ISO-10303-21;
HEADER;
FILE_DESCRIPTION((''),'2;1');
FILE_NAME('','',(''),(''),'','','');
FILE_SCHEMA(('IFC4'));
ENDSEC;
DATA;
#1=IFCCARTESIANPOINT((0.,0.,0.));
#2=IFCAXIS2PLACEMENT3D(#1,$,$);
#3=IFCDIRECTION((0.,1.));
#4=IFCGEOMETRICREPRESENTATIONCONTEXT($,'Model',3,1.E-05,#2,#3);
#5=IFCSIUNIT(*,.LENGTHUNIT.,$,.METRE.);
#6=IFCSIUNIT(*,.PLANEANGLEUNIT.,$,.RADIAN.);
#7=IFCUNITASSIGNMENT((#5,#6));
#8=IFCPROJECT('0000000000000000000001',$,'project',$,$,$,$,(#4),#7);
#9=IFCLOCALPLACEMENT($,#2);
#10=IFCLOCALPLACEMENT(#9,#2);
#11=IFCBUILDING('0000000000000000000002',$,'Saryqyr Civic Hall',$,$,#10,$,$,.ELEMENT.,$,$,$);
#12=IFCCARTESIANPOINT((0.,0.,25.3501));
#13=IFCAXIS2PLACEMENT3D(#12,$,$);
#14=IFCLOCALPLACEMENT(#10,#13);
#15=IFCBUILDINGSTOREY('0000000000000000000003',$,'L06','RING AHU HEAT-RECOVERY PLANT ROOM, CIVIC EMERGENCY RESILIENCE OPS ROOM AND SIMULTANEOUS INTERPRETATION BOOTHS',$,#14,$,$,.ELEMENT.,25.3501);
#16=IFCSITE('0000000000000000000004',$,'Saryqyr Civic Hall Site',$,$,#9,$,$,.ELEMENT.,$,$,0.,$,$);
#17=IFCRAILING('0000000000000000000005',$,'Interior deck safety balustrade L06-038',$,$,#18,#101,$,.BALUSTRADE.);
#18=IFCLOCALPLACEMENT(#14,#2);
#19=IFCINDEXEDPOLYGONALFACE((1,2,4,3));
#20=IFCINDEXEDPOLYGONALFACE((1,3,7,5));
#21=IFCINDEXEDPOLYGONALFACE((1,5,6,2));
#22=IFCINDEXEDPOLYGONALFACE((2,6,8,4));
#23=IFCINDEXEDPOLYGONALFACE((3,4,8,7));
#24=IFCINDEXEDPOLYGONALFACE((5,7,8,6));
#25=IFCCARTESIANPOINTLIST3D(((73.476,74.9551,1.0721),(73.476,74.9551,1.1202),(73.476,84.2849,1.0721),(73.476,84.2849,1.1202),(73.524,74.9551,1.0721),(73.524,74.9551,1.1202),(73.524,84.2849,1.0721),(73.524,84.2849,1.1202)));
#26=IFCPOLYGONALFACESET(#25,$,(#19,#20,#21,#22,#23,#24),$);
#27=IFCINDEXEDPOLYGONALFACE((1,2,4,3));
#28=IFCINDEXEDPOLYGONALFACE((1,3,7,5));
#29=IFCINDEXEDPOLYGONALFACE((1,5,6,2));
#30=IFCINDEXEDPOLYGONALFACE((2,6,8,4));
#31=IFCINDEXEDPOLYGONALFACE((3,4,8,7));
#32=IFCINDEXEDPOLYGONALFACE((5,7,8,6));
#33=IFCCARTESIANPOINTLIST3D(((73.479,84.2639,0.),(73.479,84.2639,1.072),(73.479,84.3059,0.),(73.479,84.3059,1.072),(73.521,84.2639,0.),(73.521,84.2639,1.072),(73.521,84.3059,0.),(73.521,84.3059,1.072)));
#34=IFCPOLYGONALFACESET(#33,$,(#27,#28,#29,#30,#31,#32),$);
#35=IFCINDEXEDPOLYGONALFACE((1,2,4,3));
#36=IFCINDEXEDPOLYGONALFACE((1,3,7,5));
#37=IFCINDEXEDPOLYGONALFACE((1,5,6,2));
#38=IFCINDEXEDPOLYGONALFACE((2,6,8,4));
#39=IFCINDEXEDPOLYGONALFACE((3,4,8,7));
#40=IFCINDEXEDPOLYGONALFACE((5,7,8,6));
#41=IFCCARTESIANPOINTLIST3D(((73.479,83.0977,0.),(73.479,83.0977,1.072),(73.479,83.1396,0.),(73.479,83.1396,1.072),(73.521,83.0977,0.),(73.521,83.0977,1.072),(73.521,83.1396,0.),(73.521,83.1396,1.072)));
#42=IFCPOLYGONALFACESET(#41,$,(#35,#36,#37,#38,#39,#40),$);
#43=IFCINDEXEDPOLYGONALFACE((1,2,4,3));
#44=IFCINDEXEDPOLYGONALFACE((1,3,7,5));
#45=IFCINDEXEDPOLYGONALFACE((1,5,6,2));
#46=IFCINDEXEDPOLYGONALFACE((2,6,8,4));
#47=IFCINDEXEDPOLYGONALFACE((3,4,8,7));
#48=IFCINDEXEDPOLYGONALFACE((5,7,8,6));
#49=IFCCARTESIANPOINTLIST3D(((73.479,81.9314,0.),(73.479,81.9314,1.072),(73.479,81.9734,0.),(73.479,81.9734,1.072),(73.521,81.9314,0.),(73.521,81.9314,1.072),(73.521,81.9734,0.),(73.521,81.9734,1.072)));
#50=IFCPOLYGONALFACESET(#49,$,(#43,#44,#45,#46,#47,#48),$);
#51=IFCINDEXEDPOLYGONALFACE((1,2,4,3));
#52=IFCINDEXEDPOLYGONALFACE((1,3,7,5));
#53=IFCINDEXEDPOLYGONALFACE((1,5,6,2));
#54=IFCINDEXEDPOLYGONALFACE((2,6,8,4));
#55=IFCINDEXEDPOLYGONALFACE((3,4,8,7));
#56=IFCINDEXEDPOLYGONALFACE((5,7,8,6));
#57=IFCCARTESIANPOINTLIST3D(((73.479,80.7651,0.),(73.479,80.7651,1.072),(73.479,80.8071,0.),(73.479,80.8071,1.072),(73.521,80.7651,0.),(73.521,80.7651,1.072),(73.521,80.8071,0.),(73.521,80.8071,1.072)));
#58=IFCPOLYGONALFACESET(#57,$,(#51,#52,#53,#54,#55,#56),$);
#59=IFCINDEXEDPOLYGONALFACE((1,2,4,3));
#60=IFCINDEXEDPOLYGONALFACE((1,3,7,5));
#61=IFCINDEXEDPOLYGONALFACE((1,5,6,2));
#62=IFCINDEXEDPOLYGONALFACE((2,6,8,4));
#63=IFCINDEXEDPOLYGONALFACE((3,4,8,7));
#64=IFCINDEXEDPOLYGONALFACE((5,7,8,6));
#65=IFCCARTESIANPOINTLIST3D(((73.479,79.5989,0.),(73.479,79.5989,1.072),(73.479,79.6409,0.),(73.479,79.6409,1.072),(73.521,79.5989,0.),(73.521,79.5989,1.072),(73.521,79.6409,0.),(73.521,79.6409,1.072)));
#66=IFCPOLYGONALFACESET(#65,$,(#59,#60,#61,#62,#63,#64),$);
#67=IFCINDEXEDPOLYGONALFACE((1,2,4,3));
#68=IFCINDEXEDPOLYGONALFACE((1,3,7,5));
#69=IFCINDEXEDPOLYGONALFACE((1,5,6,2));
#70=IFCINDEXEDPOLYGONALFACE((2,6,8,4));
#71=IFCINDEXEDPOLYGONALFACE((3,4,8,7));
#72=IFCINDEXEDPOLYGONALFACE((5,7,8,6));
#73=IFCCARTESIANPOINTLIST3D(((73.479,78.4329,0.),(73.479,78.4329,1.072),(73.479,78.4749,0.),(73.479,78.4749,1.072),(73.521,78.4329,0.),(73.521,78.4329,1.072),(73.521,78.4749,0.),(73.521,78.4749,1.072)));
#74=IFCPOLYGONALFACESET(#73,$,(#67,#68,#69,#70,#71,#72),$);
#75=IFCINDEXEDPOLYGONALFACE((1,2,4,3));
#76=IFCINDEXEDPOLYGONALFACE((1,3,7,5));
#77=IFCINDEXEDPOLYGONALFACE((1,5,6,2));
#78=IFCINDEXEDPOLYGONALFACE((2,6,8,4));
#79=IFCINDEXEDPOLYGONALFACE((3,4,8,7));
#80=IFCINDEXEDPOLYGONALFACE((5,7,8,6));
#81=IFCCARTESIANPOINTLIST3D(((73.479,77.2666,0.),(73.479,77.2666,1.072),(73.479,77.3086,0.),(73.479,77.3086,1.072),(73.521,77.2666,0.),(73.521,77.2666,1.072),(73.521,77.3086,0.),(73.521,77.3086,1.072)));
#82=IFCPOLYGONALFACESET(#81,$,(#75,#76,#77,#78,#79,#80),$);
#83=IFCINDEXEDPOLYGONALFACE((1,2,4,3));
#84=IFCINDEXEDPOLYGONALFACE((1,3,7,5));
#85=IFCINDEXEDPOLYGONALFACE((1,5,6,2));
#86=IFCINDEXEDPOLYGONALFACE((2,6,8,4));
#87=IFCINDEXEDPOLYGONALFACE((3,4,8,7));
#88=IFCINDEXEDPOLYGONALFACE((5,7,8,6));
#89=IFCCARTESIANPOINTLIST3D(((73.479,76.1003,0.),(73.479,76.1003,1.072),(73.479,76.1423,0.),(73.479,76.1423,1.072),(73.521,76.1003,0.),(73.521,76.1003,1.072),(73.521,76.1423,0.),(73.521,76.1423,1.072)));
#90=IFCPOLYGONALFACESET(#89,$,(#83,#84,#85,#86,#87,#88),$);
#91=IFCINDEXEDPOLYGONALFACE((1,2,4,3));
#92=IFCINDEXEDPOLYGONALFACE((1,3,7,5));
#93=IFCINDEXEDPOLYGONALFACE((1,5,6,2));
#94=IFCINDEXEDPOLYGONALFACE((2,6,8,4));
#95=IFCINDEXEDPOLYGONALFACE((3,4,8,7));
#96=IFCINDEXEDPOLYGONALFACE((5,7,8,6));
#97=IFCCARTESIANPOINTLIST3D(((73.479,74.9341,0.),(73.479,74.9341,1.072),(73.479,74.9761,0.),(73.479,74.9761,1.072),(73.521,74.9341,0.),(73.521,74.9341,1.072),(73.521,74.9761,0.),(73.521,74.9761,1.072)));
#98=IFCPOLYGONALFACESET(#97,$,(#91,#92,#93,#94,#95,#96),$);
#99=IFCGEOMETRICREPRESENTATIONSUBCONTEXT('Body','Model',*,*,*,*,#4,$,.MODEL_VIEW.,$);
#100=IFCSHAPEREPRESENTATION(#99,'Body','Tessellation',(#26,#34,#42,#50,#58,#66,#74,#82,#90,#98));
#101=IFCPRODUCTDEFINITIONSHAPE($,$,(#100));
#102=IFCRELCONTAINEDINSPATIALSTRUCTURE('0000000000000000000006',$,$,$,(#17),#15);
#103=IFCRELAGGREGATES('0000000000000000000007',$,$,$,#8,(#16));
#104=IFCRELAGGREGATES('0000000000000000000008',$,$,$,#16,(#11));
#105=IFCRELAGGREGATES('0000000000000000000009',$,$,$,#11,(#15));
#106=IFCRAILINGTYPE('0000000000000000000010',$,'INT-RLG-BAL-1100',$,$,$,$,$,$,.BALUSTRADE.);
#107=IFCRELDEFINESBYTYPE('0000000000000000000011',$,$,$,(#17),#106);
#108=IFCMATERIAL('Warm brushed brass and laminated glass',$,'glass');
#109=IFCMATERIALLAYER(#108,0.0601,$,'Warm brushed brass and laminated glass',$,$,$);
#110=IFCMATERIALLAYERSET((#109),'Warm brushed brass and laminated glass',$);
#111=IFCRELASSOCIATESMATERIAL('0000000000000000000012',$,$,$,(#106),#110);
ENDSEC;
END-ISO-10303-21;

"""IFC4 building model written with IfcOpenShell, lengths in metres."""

from ifc_helpers import new_model, si_unit, direction, frame, origin, origin_2d, place, context, subcontext, project, spatial, rectangle, extrude, material, layer, layer_set, type_object, element, save


model = new_model("IFC4")

# Units and contexts
model_context = context("Model", 3, precision=1e-05, world=origin(), true_north=direction((0.0, 1.0)))
body_context = subcontext(model_context, "Body", "Model", "MODEL_VIEW")
ifc_project = project(units=[si_unit("LENGTHUNIT", "METRE"), si_unit("PLANEANGLEUNIT", "RADIAN")], contexts=[model_context])

# Site, building, storey
site_placement = place(None, origin())
site = spatial("IfcSite", under=ifc_project, at=site_placement, Name="Saryqyr Civic Hall Site", CompositionType="ELEMENT", RefElevation=0.0)
building_placement = place(site_placement, origin())
building = spatial("IfcBuilding", under=site, at=building_placement, Name="Saryqyr Civic Hall", CompositionType="ELEMENT")
storey_placement = place(building_placement, frame((0.0, 0.0, 25.3501)))
storey = spatial("IfcBuildingStorey", under=building, at=storey_placement, Name="L06", Description="RING AHU HEAT-RECOVERY PLANT ROOM, CIVIC EMERGENCY RESILIENCE OPS ROOM AND SIMULTANEOUS INTERPRETATION BOOTHS", CompositionType="ELEMENT", Elevation=25.3501)

# Railing
ifc_material_1 = material(Name="Warm brushed brass and laminated glass", Category="glass")
ifc_layer_1 = layer(ifc_material_1, 0.0601, Name="Warm brushed brass and laminated glass")
ifc_layer_set_1 = layer_set([ifc_layer_1], Name="Warm brushed brass and laminated glass")
railing_type_1 = type_object("IfcRailingType", Name="INT-RLG-BAL-1100", PredefinedType="BALUSTRADE", material=ifc_layer_set_1)
railing_1_placement = place(storey_placement, frame((73.5, 84.2849, 0.0)))
element("IfcRailing", 1, at=railing_1_placement, inside=storey, type_object=railing_type_1, Name="Interior deck safety balustrade L06-038", PredefinedType="BALUSTRADE", context=body_context, shape_type="SweptSolid", body=[
    extrude(rectangle(XDim=0.0481, YDim=0.0481, at=origin_2d()), frame((0.0, 0.0, 1.0962), z_axis=(0.0, -1.0, 0.0), x_axis=(1.0, 0.0, 0.0)), (0.0, 0.0, 1.0), 9.3298),
    extrude(rectangle(XDim=0.042, YDim=0.042, at=origin_2d()), origin(), (0.0, 0.0, 1.0), 1.072),
    extrude(rectangle(XDim=0.042, YDim=0.042, at=origin_2d()), frame((0.0, -1.1663, 0.0)), (0.0, 0.0, 1.0), 1.072),
    extrude(rectangle(XDim=0.042, YDim=0.042, at=origin_2d()), frame((0.0, -2.3325, 0.0)), (0.0, 0.0, 1.0), 1.072),
    extrude(rectangle(XDim=0.042, YDim=0.042, at=origin_2d()), frame((0.0, -3.4988, 0.0)), (0.0, 0.0, 1.0), 1.072),
    extrude(rectangle(XDim=0.042, YDim=0.042, at=origin_2d()), frame((0.0, -4.665, 0.0)), (0.0, 0.0, 1.0), 1.072),
    extrude(rectangle(XDim=0.042, YDim=0.042, at=origin_2d()), frame((0.0, -5.8311, 0.0)), (0.0, 0.0, 1.0), 1.072),
    extrude(rectangle(XDim=0.042, YDim=0.042, at=origin_2d()), frame((0.0, -6.9973, 0.0)), (0.0, 0.0, 1.0), 1.072),
    extrude(rectangle(XDim=0.042, YDim=0.042, at=origin_2d()), frame((0.0, -8.1636, 0.0)), (0.0, 0.0, 1.0), 1.072),
    extrude(rectangle(XDim=0.042, YDim=0.042, at=origin_2d()), frame((0.0, -9.3298, 0.0)), (0.0, 0.0, 1.0), 1.072),
])

save(model, "model.ifc")
